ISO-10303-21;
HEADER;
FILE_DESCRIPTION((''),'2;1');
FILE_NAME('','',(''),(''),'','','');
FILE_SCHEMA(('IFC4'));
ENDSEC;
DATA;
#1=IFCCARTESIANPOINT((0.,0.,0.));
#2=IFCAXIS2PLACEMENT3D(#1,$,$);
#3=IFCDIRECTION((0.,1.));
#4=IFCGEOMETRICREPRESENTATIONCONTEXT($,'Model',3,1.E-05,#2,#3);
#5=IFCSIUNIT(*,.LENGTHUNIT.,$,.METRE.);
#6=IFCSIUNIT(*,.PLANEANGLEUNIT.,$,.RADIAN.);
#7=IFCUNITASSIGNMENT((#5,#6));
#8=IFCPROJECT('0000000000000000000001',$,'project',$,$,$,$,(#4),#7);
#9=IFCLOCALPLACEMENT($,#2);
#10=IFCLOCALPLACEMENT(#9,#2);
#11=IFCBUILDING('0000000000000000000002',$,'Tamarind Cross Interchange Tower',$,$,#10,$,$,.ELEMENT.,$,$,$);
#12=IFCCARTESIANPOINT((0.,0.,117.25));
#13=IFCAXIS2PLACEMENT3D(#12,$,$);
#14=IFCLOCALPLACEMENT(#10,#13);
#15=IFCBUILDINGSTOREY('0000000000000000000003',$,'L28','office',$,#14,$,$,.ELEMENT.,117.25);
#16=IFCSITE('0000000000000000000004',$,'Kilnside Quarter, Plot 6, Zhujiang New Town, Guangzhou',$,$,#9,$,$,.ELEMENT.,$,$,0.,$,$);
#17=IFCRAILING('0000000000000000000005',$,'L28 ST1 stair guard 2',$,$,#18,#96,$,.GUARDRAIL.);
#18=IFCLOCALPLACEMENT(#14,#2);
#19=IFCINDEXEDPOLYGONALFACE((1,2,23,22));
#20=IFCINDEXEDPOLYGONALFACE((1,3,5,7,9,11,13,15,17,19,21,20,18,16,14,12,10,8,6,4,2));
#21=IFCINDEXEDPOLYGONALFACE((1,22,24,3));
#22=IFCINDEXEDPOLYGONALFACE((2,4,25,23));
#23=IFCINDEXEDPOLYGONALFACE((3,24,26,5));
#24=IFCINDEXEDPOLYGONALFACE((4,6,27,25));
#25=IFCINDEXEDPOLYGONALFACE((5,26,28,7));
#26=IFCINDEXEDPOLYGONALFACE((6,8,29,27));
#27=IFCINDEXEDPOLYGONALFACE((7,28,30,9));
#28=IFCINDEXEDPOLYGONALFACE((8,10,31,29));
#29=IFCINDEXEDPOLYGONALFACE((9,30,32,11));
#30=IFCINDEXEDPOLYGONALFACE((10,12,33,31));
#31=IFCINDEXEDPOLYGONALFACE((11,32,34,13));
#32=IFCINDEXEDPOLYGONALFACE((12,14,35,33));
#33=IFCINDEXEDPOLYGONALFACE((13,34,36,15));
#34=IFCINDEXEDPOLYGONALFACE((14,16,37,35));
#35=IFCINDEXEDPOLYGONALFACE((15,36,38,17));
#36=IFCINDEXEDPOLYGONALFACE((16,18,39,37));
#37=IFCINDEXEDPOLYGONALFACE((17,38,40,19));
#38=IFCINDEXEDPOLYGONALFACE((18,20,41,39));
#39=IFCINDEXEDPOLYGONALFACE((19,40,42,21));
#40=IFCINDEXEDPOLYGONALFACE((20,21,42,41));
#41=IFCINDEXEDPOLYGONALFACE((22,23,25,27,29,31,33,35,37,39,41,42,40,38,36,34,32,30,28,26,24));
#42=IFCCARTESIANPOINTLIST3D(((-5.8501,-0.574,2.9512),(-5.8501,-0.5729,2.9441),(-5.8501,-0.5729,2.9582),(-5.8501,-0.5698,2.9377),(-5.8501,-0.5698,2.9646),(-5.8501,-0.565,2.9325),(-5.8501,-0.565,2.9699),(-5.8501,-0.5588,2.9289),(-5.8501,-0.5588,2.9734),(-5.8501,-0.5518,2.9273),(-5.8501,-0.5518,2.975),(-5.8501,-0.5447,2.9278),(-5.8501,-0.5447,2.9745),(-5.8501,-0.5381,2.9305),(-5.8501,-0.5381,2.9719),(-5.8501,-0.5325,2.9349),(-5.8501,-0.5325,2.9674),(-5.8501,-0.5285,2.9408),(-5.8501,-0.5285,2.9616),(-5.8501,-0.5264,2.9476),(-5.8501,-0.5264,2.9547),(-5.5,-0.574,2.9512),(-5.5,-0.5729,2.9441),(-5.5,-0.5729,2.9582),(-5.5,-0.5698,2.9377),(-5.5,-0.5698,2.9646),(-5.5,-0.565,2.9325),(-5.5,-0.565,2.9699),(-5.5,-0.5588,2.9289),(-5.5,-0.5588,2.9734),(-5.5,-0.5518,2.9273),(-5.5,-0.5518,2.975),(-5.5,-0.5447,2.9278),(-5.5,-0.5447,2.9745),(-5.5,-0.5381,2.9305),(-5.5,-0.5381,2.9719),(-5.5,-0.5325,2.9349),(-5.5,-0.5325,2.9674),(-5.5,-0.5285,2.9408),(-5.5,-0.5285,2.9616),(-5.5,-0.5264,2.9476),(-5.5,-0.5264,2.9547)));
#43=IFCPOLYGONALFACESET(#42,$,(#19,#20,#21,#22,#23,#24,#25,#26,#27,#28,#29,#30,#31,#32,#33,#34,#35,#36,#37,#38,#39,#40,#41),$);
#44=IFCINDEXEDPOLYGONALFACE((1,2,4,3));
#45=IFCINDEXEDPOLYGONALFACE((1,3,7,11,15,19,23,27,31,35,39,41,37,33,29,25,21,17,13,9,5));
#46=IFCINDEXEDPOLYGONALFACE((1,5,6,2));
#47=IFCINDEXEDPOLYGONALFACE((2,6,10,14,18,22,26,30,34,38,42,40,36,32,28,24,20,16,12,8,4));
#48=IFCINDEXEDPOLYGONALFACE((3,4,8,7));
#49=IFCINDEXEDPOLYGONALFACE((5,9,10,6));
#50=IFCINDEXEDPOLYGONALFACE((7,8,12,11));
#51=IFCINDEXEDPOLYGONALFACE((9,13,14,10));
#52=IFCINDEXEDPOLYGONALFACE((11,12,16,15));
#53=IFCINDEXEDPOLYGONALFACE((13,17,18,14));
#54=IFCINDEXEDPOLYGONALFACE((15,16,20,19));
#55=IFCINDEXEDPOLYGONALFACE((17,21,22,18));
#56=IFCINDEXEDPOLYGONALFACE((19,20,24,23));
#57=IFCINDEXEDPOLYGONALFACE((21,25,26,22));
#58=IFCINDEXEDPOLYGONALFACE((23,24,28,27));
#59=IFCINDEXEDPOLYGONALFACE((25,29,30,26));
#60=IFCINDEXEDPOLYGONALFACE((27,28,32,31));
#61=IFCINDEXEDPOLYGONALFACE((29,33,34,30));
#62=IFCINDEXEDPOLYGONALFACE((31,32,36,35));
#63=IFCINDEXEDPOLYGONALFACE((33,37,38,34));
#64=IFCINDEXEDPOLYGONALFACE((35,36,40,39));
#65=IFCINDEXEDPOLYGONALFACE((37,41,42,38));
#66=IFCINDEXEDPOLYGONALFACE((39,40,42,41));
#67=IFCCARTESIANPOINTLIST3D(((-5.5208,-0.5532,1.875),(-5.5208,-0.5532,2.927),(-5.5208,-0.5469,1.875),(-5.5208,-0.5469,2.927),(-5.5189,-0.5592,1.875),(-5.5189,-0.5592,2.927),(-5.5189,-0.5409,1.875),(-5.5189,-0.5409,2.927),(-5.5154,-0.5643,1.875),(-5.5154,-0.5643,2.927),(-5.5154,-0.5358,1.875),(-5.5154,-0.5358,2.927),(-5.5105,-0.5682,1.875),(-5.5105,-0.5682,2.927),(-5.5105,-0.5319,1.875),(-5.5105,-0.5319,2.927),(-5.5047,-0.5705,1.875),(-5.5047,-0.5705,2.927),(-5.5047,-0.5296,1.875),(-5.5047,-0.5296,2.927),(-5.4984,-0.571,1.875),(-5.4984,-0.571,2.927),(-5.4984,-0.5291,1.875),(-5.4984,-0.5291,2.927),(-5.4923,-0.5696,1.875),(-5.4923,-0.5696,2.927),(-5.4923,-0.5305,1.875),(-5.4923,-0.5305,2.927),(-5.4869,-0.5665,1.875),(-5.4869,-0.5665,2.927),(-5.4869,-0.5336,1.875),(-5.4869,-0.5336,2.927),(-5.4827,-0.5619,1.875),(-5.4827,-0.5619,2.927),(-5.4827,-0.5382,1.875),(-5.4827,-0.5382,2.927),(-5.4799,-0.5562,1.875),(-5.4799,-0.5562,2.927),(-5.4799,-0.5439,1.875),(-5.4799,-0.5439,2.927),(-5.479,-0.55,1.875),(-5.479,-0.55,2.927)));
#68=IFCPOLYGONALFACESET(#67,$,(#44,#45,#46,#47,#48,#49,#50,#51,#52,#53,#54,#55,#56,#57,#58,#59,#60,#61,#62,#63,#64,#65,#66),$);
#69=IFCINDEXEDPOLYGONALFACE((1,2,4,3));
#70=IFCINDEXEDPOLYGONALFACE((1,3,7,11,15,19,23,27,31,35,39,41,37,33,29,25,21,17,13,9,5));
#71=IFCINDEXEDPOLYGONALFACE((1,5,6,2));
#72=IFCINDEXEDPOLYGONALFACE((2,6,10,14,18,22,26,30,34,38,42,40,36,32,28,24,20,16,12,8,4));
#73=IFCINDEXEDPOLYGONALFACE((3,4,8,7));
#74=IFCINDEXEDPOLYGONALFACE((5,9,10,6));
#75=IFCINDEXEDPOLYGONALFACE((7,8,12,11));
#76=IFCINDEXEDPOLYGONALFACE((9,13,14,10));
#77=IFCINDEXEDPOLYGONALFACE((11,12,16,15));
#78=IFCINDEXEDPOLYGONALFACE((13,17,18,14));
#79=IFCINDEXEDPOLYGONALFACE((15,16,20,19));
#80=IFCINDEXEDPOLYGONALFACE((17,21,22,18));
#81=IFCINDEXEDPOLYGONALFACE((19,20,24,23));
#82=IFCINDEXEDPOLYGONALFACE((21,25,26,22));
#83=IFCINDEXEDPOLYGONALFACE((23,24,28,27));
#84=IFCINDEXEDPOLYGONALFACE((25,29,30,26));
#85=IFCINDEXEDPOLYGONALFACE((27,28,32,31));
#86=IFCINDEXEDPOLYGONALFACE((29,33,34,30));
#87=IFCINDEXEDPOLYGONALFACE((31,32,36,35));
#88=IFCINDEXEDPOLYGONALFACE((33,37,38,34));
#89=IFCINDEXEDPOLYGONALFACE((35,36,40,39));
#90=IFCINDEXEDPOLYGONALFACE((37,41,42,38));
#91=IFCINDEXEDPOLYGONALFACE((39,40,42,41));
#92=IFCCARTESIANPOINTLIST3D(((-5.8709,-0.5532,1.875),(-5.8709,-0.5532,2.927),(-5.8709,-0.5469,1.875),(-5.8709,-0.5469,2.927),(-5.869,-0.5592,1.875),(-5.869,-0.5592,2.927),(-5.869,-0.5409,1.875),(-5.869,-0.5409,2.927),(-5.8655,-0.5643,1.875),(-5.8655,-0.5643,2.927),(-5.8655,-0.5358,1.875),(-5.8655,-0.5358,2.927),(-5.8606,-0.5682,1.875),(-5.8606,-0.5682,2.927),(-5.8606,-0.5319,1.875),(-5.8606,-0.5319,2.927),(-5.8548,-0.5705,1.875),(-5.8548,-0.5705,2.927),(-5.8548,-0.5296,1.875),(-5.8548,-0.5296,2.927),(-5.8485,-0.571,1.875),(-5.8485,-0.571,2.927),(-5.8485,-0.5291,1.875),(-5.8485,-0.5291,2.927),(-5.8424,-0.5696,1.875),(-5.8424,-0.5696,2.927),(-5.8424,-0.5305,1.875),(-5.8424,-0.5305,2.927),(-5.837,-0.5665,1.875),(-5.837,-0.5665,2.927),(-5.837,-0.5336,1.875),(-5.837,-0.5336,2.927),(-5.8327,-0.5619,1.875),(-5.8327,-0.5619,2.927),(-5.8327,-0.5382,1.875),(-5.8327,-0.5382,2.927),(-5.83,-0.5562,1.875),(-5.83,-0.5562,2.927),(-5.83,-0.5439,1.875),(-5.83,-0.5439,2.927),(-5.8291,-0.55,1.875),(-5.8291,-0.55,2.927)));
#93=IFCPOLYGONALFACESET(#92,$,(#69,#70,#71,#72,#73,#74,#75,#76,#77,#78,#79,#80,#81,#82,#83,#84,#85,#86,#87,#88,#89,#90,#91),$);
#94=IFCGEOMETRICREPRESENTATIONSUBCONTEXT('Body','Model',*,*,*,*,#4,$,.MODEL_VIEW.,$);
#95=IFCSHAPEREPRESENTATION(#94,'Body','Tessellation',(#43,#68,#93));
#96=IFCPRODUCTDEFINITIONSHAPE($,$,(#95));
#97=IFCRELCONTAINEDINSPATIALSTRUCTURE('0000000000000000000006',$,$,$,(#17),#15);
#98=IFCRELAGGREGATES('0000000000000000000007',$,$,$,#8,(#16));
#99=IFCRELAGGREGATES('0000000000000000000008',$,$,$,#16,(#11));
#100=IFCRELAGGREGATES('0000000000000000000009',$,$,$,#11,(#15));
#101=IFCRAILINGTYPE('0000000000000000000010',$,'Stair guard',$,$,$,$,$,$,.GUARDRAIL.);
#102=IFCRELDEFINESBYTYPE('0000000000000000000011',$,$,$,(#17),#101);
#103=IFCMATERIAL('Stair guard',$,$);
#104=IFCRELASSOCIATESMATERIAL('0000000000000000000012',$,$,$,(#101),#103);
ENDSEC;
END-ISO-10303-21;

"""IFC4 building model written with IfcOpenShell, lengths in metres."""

from ifc_helpers import new_model, si_unit, direction, frame, origin, origin_2d, place, context, subcontext, project, spatial, circle, extrude, material, type_object, element, save


model = new_model("IFC4")

# Units and contexts
model_context = context("Model", 3, precision=1e-05, world=origin(), true_north=direction((0.0, 1.0)))
body_context = subcontext(model_context, "Body", "Model", "MODEL_VIEW")
ifc_project = project(units=[si_unit("LENGTHUNIT", "METRE"), si_unit("PLANEANGLEUNIT", "RADIAN")], contexts=[model_context])

# Site, building, storey
site_placement = place(None, origin())
site = spatial("IfcSite", under=ifc_project, at=site_placement, Name="Kilnside Quarter, Plot 6, Zhujiang New Town, Guangzhou", CompositionType="ELEMENT", RefElevation=0.0)
building_placement = place(site_placement, origin())
building = spatial("IfcBuilding", under=site, at=building_placement, Name="Tamarind Cross Interchange Tower", CompositionType="ELEMENT")
storey_placement = place(building_placement, frame((0.0, 0.0, 117.25)))
storey = spatial("IfcBuildingStorey", under=building, at=storey_placement, Name="L28", Description="office", CompositionType="ELEMENT", Elevation=117.25)

# Railing
ifc_material_1 = material(Name="Stair guard")
railing_type_1 = type_object("IfcRailingType", Name="Stair guard", PredefinedType="GUARDRAIL", material=ifc_material_1)
railing_1_placement = place(storey_placement, frame((-5.5, -0.55, 1.875)))
element("IfcRailing", 1, at=railing_1_placement, inside=storey, type_object=railing_type_1, Name="L28 ST1 stair guard 2", PredefinedType="GUARDRAIL", context=body_context, shape_type="SweptSolid", body=[
    extrude(circle(Radius=0.0239, at=origin_2d()), frame((0.0, 0.0, 1.0762), z_axis=(-1.0, 0.0, 0.0), x_axis=(0.0, -1.0, 0.0)), (0.0, 0.0, 1.0), 0.3501),
    extrude(circle(Radius=0.021, at=origin_2d()), origin(), (0.0, 0.0, 1.0), 1.052),
    extrude(circle(Radius=0.021, at=origin_2d()), frame((-0.3501, 0.0, 0.0)), (0.0, 0.0, 1.0), 1.052),
])

save(model, "model.ifc")
